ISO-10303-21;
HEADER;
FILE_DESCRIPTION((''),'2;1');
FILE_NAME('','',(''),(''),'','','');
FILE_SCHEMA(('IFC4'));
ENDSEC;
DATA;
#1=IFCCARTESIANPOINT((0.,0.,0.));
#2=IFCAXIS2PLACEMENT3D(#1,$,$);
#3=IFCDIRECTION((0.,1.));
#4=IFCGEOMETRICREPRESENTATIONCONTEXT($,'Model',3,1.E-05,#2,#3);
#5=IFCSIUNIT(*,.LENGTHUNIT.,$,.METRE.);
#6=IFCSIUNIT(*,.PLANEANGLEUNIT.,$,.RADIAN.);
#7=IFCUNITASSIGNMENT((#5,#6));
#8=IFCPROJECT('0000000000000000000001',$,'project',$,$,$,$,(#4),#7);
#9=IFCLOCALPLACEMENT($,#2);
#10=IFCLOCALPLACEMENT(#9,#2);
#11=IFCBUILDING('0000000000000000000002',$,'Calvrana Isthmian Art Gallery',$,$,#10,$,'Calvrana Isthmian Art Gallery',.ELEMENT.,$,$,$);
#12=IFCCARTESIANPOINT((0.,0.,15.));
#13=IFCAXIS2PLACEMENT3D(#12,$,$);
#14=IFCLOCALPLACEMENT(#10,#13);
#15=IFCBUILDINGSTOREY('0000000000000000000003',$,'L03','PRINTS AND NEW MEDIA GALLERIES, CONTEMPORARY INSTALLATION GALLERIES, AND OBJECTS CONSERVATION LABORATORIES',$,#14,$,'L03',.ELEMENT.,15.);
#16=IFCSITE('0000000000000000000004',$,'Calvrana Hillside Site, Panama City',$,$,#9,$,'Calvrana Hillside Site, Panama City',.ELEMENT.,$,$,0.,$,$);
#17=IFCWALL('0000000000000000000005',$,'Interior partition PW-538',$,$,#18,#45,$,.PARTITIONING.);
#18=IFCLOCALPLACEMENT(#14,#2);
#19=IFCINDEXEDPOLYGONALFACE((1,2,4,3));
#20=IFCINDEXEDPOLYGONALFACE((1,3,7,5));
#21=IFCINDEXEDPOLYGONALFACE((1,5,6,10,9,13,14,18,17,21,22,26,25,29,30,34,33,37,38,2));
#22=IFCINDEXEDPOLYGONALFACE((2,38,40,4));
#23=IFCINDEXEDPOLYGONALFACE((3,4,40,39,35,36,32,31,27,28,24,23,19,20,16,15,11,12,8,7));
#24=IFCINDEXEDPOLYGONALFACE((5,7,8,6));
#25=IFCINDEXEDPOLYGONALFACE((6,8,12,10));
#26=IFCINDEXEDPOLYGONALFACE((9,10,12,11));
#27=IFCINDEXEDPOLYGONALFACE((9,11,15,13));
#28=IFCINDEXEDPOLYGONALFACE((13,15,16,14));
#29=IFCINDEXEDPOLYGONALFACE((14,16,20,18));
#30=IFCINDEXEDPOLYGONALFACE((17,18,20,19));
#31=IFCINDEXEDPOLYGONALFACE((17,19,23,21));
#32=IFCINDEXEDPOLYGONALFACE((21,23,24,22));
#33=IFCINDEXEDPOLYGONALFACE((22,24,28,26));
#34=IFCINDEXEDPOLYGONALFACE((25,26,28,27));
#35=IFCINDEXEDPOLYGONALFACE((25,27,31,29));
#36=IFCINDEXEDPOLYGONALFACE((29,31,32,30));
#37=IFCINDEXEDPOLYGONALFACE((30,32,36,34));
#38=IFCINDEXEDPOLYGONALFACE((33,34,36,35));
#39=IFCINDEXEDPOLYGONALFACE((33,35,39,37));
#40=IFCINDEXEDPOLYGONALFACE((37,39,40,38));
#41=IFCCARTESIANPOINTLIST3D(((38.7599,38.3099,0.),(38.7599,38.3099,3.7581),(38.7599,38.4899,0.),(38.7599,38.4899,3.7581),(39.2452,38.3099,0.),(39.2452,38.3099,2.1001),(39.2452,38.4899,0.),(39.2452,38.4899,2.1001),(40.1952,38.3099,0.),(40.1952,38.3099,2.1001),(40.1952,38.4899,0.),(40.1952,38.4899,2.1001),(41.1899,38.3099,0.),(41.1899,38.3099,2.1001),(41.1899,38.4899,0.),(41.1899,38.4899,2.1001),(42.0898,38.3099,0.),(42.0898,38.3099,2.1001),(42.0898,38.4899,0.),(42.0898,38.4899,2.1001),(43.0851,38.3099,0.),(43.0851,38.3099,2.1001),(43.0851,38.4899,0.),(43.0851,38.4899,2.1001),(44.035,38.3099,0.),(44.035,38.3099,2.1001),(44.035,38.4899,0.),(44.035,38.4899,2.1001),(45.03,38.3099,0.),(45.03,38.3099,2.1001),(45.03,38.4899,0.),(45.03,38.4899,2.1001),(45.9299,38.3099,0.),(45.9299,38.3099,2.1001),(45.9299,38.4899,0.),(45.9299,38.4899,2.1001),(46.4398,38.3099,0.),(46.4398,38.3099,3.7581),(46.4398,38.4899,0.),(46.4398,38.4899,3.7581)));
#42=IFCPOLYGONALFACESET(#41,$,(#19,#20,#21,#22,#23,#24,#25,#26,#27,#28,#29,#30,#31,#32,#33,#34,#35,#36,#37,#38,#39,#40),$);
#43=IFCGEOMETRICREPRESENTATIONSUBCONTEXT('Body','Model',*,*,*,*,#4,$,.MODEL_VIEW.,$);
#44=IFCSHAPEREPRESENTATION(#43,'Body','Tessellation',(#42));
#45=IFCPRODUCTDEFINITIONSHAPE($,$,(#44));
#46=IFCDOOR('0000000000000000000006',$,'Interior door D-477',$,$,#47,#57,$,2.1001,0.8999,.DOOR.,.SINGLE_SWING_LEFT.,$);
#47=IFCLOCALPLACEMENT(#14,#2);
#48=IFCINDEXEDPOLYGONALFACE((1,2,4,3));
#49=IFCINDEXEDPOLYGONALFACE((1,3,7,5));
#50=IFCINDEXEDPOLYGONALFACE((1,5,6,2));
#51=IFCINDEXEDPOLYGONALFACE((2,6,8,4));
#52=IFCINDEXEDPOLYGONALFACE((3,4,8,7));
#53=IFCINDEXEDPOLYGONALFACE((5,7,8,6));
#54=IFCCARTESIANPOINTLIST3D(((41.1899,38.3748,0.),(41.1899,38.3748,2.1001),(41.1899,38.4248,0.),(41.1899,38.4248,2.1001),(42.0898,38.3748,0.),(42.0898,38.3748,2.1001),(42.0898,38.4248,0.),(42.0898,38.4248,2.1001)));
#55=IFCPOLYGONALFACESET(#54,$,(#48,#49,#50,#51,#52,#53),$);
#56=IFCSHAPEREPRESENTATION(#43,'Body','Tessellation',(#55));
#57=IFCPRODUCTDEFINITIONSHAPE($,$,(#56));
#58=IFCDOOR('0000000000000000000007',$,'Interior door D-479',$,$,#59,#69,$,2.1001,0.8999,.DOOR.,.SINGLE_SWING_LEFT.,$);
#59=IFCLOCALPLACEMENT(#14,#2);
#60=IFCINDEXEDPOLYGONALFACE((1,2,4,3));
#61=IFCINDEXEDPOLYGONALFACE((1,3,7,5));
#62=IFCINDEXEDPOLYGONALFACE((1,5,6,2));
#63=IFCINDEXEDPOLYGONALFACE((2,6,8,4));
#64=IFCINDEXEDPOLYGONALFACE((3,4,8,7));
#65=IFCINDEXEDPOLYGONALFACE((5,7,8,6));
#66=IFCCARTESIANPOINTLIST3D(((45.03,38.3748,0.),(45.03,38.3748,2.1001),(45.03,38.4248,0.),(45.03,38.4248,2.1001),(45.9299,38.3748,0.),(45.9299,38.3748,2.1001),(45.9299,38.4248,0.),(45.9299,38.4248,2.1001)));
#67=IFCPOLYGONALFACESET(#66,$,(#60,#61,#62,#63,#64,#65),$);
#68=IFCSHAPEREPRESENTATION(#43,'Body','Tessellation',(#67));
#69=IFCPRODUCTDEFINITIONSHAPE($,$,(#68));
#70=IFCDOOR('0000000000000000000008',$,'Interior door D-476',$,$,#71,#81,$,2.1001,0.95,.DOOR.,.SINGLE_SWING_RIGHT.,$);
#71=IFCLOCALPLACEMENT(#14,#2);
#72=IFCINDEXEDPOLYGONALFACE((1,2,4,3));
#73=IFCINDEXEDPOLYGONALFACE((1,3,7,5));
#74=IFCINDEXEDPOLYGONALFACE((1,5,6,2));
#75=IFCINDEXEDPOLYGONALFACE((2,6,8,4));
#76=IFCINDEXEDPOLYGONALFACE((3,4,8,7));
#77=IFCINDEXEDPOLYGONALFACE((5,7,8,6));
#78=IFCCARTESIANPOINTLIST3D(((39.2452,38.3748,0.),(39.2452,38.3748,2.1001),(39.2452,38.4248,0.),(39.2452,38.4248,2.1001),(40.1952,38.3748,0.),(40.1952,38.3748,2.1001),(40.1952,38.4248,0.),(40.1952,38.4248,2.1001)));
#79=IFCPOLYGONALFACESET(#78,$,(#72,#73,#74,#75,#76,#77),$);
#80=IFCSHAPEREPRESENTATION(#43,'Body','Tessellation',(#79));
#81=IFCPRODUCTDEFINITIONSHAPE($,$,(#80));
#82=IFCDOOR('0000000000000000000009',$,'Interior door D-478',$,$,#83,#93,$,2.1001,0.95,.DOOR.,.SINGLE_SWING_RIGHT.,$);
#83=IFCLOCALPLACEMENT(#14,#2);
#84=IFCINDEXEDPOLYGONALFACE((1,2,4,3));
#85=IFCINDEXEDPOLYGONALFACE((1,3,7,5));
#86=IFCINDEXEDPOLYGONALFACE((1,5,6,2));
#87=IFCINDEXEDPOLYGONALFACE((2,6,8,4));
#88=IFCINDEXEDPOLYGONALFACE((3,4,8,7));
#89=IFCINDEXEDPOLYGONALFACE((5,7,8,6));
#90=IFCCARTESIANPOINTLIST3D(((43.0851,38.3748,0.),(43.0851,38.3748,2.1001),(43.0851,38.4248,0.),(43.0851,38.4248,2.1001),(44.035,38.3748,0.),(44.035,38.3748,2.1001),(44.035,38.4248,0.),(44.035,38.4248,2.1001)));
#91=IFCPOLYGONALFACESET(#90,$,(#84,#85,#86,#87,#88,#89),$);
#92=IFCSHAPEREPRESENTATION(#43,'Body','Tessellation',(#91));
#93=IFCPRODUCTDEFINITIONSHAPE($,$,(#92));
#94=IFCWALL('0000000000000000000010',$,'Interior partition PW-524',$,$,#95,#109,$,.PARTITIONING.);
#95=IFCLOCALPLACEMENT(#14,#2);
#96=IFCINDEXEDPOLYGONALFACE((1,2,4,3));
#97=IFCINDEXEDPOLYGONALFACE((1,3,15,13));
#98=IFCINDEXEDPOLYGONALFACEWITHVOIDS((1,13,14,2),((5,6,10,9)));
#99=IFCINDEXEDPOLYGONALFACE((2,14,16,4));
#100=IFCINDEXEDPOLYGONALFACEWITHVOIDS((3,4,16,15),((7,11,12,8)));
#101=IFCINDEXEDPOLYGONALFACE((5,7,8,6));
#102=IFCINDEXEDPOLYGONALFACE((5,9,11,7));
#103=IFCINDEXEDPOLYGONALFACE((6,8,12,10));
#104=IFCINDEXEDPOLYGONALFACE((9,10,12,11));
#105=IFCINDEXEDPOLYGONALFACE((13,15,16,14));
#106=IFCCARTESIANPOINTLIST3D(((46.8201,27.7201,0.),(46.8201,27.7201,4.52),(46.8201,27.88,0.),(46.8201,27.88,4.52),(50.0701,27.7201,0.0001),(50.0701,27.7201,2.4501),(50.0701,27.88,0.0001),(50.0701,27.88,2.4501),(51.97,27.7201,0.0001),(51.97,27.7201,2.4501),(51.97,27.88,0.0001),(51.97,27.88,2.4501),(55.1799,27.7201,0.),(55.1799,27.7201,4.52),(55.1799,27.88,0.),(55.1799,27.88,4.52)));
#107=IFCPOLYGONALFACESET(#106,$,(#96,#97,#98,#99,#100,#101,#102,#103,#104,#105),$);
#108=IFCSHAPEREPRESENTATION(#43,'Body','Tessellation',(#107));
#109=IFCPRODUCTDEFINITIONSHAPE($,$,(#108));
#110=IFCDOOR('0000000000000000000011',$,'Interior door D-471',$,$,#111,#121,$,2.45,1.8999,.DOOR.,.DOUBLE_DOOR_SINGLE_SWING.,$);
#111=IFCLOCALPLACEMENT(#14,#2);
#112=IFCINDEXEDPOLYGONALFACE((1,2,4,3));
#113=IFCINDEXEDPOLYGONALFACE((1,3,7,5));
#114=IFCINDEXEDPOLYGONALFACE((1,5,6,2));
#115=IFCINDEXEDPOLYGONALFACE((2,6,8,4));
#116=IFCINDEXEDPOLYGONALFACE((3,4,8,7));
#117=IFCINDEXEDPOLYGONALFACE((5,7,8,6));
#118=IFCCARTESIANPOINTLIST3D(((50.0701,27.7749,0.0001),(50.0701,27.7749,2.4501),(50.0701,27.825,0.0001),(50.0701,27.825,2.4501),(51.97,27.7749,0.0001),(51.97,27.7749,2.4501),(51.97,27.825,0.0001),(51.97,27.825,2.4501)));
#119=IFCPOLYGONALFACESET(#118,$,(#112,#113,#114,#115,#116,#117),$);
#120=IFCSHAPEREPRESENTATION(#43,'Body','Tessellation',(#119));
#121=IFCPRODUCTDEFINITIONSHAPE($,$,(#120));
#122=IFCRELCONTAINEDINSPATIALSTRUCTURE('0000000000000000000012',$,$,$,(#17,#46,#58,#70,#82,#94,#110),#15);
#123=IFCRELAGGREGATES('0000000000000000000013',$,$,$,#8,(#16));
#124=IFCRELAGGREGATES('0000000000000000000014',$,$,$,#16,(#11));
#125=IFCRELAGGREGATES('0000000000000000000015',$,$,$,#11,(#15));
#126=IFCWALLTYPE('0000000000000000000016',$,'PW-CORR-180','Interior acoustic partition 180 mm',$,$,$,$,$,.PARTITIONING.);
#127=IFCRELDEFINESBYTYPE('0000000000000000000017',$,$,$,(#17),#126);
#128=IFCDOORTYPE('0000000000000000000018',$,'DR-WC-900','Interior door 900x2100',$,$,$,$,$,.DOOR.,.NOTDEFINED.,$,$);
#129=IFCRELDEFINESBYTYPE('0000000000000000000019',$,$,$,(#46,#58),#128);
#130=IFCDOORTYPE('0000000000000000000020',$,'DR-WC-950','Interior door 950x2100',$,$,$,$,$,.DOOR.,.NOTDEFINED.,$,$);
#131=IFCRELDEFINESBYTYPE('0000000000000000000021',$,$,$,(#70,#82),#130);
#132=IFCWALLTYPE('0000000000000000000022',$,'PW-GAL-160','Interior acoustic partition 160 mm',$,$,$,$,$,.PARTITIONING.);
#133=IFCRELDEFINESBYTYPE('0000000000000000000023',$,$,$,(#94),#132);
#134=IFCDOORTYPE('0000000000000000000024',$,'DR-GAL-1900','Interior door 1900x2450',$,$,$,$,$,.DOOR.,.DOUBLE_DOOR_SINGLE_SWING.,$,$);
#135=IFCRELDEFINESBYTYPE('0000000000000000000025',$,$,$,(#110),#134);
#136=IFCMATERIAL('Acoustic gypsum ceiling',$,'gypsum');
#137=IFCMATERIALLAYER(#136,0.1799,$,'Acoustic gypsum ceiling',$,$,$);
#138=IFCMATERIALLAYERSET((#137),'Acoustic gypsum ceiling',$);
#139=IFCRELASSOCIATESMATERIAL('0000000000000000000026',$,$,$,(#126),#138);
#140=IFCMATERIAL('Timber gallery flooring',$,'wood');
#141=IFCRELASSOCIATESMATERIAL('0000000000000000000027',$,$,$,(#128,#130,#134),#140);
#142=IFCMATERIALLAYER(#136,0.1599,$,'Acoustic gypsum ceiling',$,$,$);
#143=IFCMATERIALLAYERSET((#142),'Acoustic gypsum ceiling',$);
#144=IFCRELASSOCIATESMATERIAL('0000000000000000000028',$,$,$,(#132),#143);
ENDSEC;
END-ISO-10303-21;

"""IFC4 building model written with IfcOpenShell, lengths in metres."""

from ifc_helpers import new_model, si_unit, direction, frame, frame_2d, origin, place, context, subcontext, project, spatial, rectangle, extrude, material, layer, layer_set, type_object, element, fill, save


model = new_model("IFC4")

# Units and contexts
model_context = context("Model", 3, precision=1e-05, world=origin(), true_north=direction((0.0, 1.0)))
body_context = subcontext(model_context, "Body", "Model", "MODEL_VIEW")
ifc_project = project(units=[si_unit("LENGTHUNIT", "METRE"), si_unit("PLANEANGLEUNIT", "RADIAN")], contexts=[model_context])

# Site, building, storey
site_placement = place(None, origin())
site = spatial("IfcSite", under=ifc_project, at=site_placement, Name="Calvrana Hillside Site, Panama City", LongName="Calvrana Hillside Site, Panama City", CompositionType="ELEMENT", RefElevation=0.0)
building_placement = place(site_placement, origin())
building = spatial("IfcBuilding", under=site, at=building_placement, Name="Calvrana Isthmian Art Gallery", LongName="Calvrana Isthmian Art Gallery", CompositionType="ELEMENT")
storey_placement = place(building_placement, frame((0.0, 0.0, 15.0)))
storey = spatial("IfcBuildingStorey", under=building, at=storey_placement, Name="L03", Description="PRINTS AND NEW MEDIA GALLERIES, CONTEMPORARY INSTALLATION GALLERIES, AND OBJECTS CONSERVATION LABORATORIES", LongName="L03", CompositionType="ELEMENT", Elevation=15.0)

# Wall, openings, doors
ifc_material_1 = material(Name="Acoustic gypsum ceiling", Category="gypsum")
ifc_layer_1 = layer(ifc_material_1, 0.1799, Name="Acoustic gypsum ceiling")
ifc_layer_set_1 = layer_set([ifc_layer_1], Name="Acoustic gypsum ceiling")
wall_type_1 = type_object("IfcWallType", Name="PW-CORR-180", Description="Interior acoustic partition 180 mm", PredefinedType="PARTITIONING", material=ifc_layer_set_1)
wall_1_placement = place(storey_placement, frame((38.76, 38.3999, 0.0), z_axis=(0.0, 0.0, 1.0), x_axis=(1.0, 0.0, 0.0)))
wall_1 = element("IfcWall", 1, at=wall_1_placement, inside=storey, type_object=wall_type_1, Name="Interior partition PW-538", PredefinedType="PARTITIONING", context=body_context, shape_type="SweptSolid", body=[
    extrude(rectangle(XDim=7.6799, YDim=0.1799, at=frame_2d((3.8398, 0.0))), origin(), (0.0, 0.0, 1.0), 3.7581),
])
opening_1_placement = place(wall_1_placement, frame((0.4851, 0.0, 0.0)))
opening_1 = element("IfcOpeningElement", 2, at=opening_1_placement, cuts=wall_1, PredefinedType="OPENING", context=body_context, shape_type="SweptSolid", body=[
    extrude(rectangle(XDim=0.95, YDim=2.1001, at=frame_2d((0.4751, 1.05))), frame((0.0, 0.1001, 0.0), z_axis=(0.0, -1.0, 0.0), x_axis=(1.0, 0.0, 0.0)), (0.0, 0.0, 1.0), 0.2004),
])
opening_2_placement = place(wall_1_placement, frame((2.4299, 0.0, 0.0)))
opening_2 = element("IfcOpeningElement", 3, at=opening_2_placement, cuts=wall_1, PredefinedType="OPENING", context=body_context, shape_type="SweptSolid", body=[
    extrude(rectangle(XDim=0.8999, YDim=2.1001, at=frame_2d((0.45, 1.05))), frame((0.0, 0.1001, 0.0), z_axis=(0.0, -1.0, 0.0), x_axis=(1.0, 0.0, 0.0)), (0.0, 0.0, 1.0), 0.2004),
])
opening_3_placement = place(wall_1_placement, frame((4.325, 0.0, 0.0)))
opening_3 = element("IfcOpeningElement", 4, at=opening_3_placement, cuts=wall_1, PredefinedType="OPENING", context=body_context, shape_type="SweptSolid", body=[
    extrude(rectangle(XDim=0.95, YDim=2.1001, at=frame_2d((0.4751, 1.05))), frame((0.0, 0.1001, 0.0), z_axis=(0.0, -1.0, 0.0), x_axis=(1.0, 0.0, 0.0)), (0.0, 0.0, 1.0), 0.2004),
])
opening_4_placement = place(wall_1_placement, frame((6.27, 0.0, 0.0)))
opening_4 = element("IfcOpeningElement", 5, at=opening_4_placement, cuts=wall_1, PredefinedType="OPENING", context=body_context, shape_type="SweptSolid", body=[
    extrude(rectangle(XDim=0.8999, YDim=2.1001, at=frame_2d((0.45, 1.05))), frame((0.0, 0.1001, 0.0), z_axis=(0.0, -1.0, 0.0), x_axis=(1.0, 0.0, 0.0)), (0.0, 0.0, 1.0), 0.2004),
])
ifc_material_2 = material(Name="Timber gallery flooring", Category="wood")
door_type_1 = type_object("IfcDoorType", Name="DR-WC-900", Description="Interior door 900x2100", OperationType="NOTDEFINED", PredefinedType="DOOR", material=ifc_material_2)
door_1_placement = place(opening_2_placement, origin())
door_1 = element("IfcDoor", 6, at=door_1_placement, inside=storey, type_object=door_type_1, Name="Interior door D-477", OperationType="SINGLE_SWING_LEFT", OverallHeight=2.1001, OverallWidth=0.8999, PredefinedType="DOOR", context=body_context, shape_type="SweptSolid", body=[
    extrude(rectangle(XDim=0.8999, YDim=2.1001, at=frame_2d((0.45, 1.05))), frame((0.0, 0.0249, 0.0), z_axis=(0.0, -1.0, 0.0), x_axis=(1.0, 0.0, 0.0)), (0.0, 0.0, 1.0), 0.05),
])
fill(opening_2, door_1)
door_2_placement = place(opening_4_placement, origin())
door_2 = element("IfcDoor", 7, at=door_2_placement, inside=storey, type_object=door_type_1, Name="Interior door D-479", OperationType="SINGLE_SWING_LEFT", OverallHeight=2.1001, OverallWidth=0.8999, PredefinedType="DOOR", context=body_context, shape_type="SweptSolid", body=[
    extrude(rectangle(XDim=0.8999, YDim=2.1001, at=frame_2d((0.45, 1.05))), frame((0.0, 0.0249, 0.0), z_axis=(0.0, -1.0, 0.0), x_axis=(1.0, 0.0, 0.0)), (0.0, 0.0, 1.0), 0.05),
])
fill(opening_4, door_2)
door_type_2 = type_object("IfcDoorType", Name="DR-WC-950", Description="Interior door 950x2100", OperationType="NOTDEFINED", PredefinedType="DOOR", material=ifc_material_2)
door_3_placement = place(opening_1_placement, origin())
door_3 = element("IfcDoor", 8, at=door_3_placement, inside=storey, type_object=door_type_2, Name="Interior door D-476", OperationType="SINGLE_SWING_RIGHT", OverallHeight=2.1001, OverallWidth=0.95, PredefinedType="DOOR", context=body_context, shape_type="SweptSolid", body=[
    extrude(rectangle(XDim=0.95, YDim=2.1001, at=frame_2d((0.4751, 1.05))), frame((0.0, 0.0249, 0.0), z_axis=(0.0, -1.0, 0.0), x_axis=(1.0, 0.0, 0.0)), (0.0, 0.0, 1.0), 0.05),
])
fill(opening_1, door_3)
door_4_placement = place(opening_3_placement, origin())
door_4 = element("IfcDoor", 9, at=door_4_placement, inside=storey, type_object=door_type_2, Name="Interior door D-478", OperationType="SINGLE_SWING_RIGHT", OverallHeight=2.1001, OverallWidth=0.95, PredefinedType="DOOR", context=body_context, shape_type="SweptSolid", body=[
    extrude(rectangle(XDim=0.95, YDim=2.1001, at=frame_2d((0.4751, 1.05))), frame((0.0, 0.0249, 0.0), z_axis=(0.0, -1.0, 0.0), x_axis=(1.0, 0.0, 0.0)), (0.0, 0.0, 1.0), 0.05),
])
fill(opening_3, door_4)

# Wall, opening, door
ifc_layer_2 = layer(ifc_material_1, 0.1599, Name="Acoustic gypsum ceiling")
ifc_layer_set_2 = layer_set([ifc_layer_2], Name="Acoustic gypsum ceiling")
wall_type_2 = type_object("IfcWallType", Name="PW-GAL-160", Description="Interior acoustic partition 160 mm", PredefinedType="PARTITIONING", material=ifc_layer_set_2)
wall_2_placement = place(storey_placement, frame((46.8201, 27.8, 0.0), z_axis=(0.0, 0.0, 1.0), x_axis=(1.0, 0.0, 0.0)))
wall_2 = element("IfcWall", 10, at=wall_2_placement, inside=storey, type_object=wall_type_2, Name="Interior partition PW-524", PredefinedType="PARTITIONING", context=body_context, shape_type="SweptSolid", body=[
    extrude(rectangle(XDim=8.3599, YDim=0.1599, at=frame_2d((4.1799, 0.0))), origin(), (0.0, 0.0, 1.0), 4.52),
])
opening_5_placement = place(wall_2_placement, frame((3.25, 0.0, 0.0)))
opening_5 = element("IfcOpeningElement", 11, at=opening_5_placement, cuts=wall_2, PredefinedType="OPENING", context=body_context, shape_type="SweptSolid", body=[
    extrude(rectangle(XDim=1.8999, YDim=2.45, at=frame_2d((0.95, 1.2251))), frame((0.0, 0.0903, 0.0), z_axis=(0.0, -1.0, 0.0), x_axis=(1.0, 0.0, 0.0)), (0.0, 0.0, 1.0), 0.1804),
])
door_type_3 = type_object("IfcDoorType", Name="DR-GAL-1900", Description="Interior door 1900x2450", OperationType="DOUBLE_DOOR_SINGLE_SWING", PredefinedType="DOOR", material=ifc_material_2)
door_5_placement = place(opening_5_placement, origin())
door_5 = element("IfcDoor", 12, at=door_5_placement, inside=storey, type_object=door_type_3, Name="Interior door D-471", OperationType="DOUBLE_DOOR_SINGLE_SWING", OverallHeight=2.45, OverallWidth=1.8999, PredefinedType="DOOR", context=body_context, shape_type="SweptSolid", body=[
    extrude(rectangle(XDim=1.8999, YDim=2.45, at=frame_2d((0.95, 1.2251))), frame((0.0, 0.0249, 0.0), z_axis=(0.0, -1.0, 0.0), x_axis=(1.0, 0.0, 0.0)), (0.0, 0.0, 1.0), 0.05),
])
fill(opening_5, door_5)

save(model, "model.ifc")
